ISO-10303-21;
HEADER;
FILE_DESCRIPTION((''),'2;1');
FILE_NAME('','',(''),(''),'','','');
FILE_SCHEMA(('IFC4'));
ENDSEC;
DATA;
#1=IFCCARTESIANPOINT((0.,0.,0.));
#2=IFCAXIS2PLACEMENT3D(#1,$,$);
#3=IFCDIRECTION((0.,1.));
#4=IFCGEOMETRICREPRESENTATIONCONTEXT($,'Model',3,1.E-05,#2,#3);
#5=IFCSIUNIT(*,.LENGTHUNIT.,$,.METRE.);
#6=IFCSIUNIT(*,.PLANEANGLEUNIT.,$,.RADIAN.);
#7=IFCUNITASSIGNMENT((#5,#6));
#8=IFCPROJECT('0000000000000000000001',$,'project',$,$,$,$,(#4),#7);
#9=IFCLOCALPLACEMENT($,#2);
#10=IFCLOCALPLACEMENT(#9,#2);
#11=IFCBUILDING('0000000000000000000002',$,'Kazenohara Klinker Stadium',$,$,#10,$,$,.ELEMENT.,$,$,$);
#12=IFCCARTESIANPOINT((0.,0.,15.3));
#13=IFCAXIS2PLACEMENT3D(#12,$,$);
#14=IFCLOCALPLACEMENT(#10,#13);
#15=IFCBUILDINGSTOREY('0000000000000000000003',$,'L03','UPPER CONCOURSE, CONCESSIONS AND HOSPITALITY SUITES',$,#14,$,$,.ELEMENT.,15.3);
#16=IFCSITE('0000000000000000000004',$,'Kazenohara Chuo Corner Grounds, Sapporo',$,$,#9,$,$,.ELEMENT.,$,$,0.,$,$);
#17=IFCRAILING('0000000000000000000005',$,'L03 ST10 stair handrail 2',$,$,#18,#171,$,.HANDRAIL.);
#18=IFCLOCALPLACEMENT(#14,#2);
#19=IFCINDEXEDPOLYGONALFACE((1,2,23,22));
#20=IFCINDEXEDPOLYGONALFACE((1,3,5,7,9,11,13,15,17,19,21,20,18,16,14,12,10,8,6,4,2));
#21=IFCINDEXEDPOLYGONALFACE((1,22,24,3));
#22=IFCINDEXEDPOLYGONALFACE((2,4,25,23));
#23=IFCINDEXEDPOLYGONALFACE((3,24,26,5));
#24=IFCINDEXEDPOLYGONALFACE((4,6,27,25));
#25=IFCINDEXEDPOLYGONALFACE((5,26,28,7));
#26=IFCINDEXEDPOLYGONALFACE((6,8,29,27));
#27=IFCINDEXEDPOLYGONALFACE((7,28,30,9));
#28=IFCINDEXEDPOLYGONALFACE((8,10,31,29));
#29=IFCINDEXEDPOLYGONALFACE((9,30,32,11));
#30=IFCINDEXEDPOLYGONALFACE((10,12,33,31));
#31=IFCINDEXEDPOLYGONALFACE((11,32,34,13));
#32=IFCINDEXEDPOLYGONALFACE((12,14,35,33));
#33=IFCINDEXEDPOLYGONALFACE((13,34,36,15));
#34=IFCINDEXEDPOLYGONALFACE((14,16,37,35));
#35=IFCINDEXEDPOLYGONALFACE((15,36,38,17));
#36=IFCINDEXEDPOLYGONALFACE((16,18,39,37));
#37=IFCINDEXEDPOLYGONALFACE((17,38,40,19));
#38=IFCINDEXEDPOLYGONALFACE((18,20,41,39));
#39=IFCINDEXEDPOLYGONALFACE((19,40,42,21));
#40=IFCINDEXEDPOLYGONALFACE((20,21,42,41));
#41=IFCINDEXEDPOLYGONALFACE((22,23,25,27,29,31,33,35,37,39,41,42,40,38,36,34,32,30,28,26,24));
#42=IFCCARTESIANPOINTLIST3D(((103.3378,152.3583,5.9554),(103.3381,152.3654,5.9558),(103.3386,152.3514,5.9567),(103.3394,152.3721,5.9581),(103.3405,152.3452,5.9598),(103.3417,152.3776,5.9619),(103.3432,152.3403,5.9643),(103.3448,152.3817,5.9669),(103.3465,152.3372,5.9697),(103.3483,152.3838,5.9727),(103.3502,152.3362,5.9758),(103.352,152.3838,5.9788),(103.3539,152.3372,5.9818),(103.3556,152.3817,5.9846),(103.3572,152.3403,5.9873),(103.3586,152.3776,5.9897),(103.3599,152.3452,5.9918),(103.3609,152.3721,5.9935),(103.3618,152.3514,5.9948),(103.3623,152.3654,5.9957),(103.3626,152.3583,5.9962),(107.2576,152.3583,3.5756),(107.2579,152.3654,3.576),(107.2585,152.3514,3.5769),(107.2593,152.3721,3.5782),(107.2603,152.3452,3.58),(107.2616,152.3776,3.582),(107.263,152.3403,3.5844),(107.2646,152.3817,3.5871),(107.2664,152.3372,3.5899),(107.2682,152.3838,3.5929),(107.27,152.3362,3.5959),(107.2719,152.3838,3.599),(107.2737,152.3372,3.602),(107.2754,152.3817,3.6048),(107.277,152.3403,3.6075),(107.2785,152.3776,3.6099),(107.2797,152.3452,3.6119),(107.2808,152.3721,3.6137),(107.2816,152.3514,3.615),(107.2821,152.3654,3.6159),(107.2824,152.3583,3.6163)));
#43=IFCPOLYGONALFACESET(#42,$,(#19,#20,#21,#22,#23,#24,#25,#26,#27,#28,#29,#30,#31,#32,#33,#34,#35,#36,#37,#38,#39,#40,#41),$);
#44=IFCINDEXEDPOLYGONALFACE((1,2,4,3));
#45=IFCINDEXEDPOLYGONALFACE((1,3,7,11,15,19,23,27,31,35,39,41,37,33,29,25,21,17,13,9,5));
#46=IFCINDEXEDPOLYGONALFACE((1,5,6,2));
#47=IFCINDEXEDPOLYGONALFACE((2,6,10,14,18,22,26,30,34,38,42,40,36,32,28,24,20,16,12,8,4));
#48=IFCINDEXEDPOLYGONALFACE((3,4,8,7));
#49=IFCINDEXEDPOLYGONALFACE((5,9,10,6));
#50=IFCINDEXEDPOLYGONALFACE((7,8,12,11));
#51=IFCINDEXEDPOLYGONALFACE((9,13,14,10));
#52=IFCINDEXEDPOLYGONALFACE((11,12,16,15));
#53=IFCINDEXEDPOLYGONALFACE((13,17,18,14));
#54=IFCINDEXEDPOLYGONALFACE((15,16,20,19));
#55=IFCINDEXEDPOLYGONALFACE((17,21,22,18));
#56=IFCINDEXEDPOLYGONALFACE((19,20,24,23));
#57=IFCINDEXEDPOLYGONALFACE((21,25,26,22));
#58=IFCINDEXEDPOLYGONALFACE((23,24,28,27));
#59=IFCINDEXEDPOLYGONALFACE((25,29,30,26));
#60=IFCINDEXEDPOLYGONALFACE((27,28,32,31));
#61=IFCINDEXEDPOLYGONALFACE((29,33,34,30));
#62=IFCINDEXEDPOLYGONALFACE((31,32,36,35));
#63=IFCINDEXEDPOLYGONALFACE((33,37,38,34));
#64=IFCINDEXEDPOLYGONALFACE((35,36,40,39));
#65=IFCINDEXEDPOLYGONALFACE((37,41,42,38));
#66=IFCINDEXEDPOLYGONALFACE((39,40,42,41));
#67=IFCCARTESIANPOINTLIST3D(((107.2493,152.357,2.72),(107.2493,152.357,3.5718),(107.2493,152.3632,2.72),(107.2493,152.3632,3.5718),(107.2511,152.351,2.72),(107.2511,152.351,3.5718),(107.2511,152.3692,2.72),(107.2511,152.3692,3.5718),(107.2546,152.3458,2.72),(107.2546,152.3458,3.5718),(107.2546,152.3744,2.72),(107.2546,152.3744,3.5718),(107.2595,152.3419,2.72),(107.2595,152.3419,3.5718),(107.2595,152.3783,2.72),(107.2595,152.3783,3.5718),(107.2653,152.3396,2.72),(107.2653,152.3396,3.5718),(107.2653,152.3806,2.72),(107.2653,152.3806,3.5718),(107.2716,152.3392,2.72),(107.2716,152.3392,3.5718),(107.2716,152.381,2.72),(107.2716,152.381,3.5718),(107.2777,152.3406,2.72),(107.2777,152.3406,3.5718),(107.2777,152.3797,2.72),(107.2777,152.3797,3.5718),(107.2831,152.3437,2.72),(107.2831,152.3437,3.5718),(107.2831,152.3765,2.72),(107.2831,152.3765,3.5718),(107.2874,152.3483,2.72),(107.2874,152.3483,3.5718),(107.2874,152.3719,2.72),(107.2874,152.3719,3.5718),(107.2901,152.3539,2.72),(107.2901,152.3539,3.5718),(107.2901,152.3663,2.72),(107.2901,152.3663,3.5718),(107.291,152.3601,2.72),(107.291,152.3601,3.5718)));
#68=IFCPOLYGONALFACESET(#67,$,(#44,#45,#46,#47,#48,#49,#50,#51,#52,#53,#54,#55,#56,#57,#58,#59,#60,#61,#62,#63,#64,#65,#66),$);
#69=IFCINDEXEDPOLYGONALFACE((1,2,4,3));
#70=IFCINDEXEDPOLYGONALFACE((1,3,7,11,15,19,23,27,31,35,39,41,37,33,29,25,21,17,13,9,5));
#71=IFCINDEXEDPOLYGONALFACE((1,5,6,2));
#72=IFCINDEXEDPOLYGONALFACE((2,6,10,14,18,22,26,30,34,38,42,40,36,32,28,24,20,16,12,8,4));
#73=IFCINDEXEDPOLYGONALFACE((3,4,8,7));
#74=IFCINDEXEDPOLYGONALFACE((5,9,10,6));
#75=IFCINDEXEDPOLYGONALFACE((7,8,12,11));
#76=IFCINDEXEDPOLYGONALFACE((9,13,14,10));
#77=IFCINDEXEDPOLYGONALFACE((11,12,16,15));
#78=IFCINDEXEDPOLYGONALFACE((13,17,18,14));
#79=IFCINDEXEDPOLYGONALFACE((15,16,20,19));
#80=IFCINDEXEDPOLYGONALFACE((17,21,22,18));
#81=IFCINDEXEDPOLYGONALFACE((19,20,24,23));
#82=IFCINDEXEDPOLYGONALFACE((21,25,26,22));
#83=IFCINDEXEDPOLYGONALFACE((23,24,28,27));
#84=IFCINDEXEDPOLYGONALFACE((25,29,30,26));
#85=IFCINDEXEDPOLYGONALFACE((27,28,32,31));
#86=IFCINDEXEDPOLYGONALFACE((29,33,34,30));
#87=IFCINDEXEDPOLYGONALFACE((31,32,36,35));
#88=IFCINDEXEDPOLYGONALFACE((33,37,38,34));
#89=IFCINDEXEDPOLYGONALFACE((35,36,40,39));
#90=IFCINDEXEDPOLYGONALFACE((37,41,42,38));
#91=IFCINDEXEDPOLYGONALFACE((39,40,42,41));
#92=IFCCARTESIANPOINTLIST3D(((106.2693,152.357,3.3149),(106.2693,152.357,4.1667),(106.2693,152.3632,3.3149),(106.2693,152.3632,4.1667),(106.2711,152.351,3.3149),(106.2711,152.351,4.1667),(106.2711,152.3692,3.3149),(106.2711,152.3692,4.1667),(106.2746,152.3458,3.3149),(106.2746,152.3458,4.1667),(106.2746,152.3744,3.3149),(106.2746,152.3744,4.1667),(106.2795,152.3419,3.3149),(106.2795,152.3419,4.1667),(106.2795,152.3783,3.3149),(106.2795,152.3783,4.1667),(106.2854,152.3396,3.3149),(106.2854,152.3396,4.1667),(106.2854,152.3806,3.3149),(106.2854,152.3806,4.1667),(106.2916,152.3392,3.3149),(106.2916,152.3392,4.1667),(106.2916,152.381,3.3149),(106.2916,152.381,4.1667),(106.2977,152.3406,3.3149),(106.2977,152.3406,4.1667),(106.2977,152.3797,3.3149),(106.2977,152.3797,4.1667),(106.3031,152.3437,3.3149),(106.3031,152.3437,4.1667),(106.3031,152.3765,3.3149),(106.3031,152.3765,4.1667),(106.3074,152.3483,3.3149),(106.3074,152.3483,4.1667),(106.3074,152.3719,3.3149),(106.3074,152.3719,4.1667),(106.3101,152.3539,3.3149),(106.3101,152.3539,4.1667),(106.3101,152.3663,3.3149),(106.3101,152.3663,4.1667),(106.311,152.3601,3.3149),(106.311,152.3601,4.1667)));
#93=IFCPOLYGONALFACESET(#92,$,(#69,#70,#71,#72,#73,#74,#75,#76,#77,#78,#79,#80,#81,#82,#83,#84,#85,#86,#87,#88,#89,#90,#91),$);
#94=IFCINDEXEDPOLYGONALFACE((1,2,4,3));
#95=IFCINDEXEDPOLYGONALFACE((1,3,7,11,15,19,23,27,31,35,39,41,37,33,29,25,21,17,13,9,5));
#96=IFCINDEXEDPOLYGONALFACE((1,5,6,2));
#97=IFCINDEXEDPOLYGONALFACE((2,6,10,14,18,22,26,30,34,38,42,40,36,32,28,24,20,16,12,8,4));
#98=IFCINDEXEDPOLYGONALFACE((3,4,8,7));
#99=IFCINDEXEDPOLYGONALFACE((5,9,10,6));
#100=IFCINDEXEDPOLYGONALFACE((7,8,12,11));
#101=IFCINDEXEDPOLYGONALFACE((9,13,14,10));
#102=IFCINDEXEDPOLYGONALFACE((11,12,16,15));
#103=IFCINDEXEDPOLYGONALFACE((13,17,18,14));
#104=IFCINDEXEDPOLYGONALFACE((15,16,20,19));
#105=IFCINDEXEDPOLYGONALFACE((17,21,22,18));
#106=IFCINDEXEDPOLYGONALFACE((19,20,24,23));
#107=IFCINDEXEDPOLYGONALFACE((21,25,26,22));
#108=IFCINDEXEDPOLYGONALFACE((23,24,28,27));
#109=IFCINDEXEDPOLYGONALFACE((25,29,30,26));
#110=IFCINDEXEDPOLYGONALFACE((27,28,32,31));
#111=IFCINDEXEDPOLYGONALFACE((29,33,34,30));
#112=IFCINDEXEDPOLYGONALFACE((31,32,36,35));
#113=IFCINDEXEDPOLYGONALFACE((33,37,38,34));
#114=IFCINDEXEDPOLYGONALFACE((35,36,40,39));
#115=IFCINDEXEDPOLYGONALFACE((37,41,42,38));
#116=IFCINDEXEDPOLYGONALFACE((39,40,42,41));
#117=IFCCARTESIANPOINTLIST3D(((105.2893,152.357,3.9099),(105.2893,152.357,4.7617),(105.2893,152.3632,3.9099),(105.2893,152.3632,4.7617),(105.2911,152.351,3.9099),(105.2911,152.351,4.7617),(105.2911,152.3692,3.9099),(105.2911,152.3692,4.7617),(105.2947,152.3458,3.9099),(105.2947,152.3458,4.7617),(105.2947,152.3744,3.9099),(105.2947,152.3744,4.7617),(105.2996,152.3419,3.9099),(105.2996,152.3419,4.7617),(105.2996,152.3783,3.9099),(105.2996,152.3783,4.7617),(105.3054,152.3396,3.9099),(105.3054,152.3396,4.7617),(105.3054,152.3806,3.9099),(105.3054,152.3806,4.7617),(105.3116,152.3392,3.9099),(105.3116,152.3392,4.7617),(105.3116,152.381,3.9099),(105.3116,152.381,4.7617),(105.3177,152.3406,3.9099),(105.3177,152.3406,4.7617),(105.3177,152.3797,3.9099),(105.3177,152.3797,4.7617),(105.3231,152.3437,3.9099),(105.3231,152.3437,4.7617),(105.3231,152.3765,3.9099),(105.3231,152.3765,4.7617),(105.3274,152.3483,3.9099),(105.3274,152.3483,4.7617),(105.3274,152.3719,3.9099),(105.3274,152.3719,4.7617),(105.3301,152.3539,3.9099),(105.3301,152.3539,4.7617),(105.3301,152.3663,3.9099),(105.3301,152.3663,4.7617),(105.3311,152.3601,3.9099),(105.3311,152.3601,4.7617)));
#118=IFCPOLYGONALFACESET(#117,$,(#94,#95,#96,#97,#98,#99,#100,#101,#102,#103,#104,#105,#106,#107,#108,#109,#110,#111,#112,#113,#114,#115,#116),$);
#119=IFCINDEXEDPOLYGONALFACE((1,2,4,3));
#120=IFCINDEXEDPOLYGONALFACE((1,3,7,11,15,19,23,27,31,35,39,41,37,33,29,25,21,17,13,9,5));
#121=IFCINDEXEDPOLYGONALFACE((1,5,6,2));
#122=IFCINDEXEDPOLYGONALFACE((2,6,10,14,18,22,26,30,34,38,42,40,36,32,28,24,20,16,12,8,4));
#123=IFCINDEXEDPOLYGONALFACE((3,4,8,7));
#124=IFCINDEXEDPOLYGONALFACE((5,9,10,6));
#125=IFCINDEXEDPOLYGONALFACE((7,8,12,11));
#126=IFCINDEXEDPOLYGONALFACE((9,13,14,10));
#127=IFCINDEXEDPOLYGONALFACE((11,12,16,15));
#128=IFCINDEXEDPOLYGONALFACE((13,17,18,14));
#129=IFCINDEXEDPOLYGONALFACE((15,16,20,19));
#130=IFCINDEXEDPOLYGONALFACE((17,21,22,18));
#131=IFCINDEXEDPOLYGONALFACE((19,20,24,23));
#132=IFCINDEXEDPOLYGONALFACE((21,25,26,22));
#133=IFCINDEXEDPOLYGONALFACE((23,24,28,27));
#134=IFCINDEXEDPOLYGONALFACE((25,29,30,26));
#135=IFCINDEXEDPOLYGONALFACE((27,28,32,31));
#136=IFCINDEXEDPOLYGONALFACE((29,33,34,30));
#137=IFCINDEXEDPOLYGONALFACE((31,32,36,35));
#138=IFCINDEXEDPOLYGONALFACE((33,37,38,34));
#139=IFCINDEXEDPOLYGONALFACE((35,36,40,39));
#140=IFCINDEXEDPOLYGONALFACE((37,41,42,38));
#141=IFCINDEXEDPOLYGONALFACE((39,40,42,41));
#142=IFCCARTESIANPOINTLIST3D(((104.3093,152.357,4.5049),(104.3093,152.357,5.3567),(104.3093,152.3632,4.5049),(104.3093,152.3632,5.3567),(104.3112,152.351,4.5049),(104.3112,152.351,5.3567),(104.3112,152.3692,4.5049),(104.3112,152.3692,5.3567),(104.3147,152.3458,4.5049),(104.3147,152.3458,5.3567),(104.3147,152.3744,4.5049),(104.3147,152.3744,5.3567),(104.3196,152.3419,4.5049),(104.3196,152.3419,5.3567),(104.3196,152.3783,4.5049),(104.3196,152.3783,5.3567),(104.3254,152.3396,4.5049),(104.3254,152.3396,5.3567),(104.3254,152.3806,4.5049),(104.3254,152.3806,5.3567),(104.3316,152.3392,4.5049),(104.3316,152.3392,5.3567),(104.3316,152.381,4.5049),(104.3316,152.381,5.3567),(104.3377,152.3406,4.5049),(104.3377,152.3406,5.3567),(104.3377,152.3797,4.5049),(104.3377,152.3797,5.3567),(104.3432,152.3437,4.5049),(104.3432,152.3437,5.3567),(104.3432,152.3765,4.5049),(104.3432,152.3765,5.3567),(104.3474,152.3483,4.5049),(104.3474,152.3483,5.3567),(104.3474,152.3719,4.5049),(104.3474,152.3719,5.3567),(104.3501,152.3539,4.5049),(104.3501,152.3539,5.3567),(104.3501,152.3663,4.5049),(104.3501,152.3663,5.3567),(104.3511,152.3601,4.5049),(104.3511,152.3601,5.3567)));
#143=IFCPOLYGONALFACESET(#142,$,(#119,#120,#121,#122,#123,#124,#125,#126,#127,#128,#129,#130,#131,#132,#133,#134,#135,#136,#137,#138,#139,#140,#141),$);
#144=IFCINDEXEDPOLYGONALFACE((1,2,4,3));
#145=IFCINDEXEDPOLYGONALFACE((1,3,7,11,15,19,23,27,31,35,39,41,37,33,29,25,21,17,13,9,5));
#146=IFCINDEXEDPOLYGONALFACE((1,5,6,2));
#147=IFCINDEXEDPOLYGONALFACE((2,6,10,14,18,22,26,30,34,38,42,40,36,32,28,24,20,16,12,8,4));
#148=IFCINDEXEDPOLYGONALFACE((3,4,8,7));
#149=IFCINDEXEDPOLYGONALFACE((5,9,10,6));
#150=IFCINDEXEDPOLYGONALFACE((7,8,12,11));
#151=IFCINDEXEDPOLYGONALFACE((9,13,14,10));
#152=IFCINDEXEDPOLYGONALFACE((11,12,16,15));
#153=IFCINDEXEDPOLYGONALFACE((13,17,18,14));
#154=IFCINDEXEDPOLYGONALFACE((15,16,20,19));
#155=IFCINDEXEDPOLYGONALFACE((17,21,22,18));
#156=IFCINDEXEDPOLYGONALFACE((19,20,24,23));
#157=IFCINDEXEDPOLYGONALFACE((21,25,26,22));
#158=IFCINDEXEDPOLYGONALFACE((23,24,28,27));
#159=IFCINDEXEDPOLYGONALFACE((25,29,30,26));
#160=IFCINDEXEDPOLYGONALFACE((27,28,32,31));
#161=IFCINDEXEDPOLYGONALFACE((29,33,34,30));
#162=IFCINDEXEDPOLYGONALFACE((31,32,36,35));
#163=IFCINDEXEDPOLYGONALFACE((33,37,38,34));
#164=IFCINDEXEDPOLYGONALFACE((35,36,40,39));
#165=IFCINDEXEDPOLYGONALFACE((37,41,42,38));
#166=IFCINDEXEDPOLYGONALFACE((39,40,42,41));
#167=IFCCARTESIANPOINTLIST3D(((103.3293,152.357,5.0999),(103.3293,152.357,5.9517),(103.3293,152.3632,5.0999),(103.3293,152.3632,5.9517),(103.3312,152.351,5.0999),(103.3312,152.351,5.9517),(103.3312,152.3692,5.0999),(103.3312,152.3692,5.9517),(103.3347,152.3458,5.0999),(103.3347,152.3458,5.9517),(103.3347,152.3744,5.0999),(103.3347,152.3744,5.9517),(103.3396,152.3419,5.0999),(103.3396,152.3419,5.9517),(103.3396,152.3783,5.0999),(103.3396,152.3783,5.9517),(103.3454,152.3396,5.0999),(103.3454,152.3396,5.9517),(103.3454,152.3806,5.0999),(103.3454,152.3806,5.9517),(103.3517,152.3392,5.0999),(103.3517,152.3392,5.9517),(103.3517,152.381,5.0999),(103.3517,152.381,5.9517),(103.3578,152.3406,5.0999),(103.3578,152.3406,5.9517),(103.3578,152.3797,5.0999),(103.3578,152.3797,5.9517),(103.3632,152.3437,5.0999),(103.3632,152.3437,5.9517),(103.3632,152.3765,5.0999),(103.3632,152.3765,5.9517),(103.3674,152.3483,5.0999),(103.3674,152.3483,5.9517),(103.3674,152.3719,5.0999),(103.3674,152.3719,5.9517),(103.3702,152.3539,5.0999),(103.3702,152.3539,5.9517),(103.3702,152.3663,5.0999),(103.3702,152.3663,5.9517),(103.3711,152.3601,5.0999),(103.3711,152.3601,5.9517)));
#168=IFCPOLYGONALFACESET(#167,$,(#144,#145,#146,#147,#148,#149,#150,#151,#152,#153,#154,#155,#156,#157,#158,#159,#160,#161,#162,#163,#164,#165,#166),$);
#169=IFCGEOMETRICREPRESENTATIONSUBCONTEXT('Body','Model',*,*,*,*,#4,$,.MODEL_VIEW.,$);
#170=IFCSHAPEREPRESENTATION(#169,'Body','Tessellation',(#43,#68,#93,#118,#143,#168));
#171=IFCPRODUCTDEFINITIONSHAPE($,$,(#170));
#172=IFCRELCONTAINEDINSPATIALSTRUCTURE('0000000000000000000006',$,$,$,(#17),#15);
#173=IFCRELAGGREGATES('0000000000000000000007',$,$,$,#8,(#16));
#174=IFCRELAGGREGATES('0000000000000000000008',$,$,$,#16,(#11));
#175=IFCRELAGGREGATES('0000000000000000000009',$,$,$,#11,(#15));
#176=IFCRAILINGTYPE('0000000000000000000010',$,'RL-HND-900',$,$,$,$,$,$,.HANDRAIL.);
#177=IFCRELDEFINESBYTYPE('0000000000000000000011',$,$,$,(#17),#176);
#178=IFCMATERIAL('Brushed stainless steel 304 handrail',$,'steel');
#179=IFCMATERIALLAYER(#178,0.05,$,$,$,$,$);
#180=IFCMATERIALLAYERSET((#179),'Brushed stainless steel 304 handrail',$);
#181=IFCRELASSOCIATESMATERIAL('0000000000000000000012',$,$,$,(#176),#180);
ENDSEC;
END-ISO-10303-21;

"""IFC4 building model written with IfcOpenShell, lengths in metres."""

from ifc_helpers import new_model, si_unit, direction, frame, origin, origin_2d, place, context, subcontext, project, spatial, circle, extrude, material, layer, layer_set, type_object, element, save


model = new_model("IFC4")

# Units and contexts
model_context = context("Model", 3, precision=1e-05, world=origin(), true_north=direction((0.0, 1.0)))
body_context = subcontext(model_context, "Body", "Model", "MODEL_VIEW")
ifc_project = project(units=[si_unit("LENGTHUNIT", "METRE"), si_unit("PLANEANGLEUNIT", "RADIAN")], contexts=[model_context])

# Site, building, storey
site_placement = place(None, origin())
site = spatial("IfcSite", under=ifc_project, at=site_placement, Name="Kazenohara Chuo Corner Grounds, Sapporo", CompositionType="ELEMENT", RefElevation=0.0)
building_placement = place(site_placement, origin())
building = spatial("IfcBuilding", under=site, at=building_placement, Name="Kazenohara Klinker Stadium", CompositionType="ELEMENT")
storey_placement = place(building_placement, frame((0.0, 0.0, 15.3)))
storey = spatial("IfcBuildingStorey", under=building, at=storey_placement, Name="L03", Description="UPPER CONCOURSE, CONCESSIONS AND HOSPITALITY SUITES", CompositionType="ELEMENT", Elevation=15.3)

# Railing
ifc_material_1 = material(Name="Brushed stainless steel 304 handrail", Category="steel")
ifc_layer_1 = layer(ifc_material_1, 0.05)
ifc_layer_set_1 = layer_set([ifc_layer_1], Name="Brushed stainless steel 304 handrail")
railing_type_1 = type_object("IfcRailingType", Name="RL-HND-900", PredefinedType="HANDRAIL", material=ifc_layer_set_1)
railing_1_placement = place(storey_placement, frame((107.27, 152.3601, 2.72)))
element("IfcRailing", 1, at=railing_1_placement, inside=storey, type_object=railing_type_1, Name="L03 ST10 stair handrail 2", PredefinedType="HANDRAIL", context=body_context, shape_type="SweptSolid", body=[
    extrude(circle(Radius=0.0239, at=origin_2d()), frame((0.0, 0.0, 0.876), z_axis=(-0.854794, 0.0, 0.518967), x_axis=(0.0, -1.0, 0.0)), (0.0, 0.0, 1.0), 4.5857),
    extrude(circle(Radius=0.021, at=origin_2d()), origin(), (0.0, 0.0, 1.0), 0.8518),
    extrude(circle(Radius=0.021, at=origin_2d()), frame((-0.98, 0.0, 0.595)), (0.0, 0.0, 1.0), 0.8518),
    extrude(circle(Radius=0.021, at=origin_2d()), frame((-1.96, 0.0, 1.1899)), (0.0, 0.0, 1.0), 0.8518),
    extrude(circle(Radius=0.021, at=origin_2d()), frame((-2.9399, 0.0, 1.7849)), (0.0, 0.0, 1.0), 0.8518),
    extrude(circle(Radius=0.021, at=origin_2d()), frame((-3.9199, 0.0, 2.3799)), (0.0, 0.0, 1.0), 0.8518),
])

save(model, "model.ifc")
